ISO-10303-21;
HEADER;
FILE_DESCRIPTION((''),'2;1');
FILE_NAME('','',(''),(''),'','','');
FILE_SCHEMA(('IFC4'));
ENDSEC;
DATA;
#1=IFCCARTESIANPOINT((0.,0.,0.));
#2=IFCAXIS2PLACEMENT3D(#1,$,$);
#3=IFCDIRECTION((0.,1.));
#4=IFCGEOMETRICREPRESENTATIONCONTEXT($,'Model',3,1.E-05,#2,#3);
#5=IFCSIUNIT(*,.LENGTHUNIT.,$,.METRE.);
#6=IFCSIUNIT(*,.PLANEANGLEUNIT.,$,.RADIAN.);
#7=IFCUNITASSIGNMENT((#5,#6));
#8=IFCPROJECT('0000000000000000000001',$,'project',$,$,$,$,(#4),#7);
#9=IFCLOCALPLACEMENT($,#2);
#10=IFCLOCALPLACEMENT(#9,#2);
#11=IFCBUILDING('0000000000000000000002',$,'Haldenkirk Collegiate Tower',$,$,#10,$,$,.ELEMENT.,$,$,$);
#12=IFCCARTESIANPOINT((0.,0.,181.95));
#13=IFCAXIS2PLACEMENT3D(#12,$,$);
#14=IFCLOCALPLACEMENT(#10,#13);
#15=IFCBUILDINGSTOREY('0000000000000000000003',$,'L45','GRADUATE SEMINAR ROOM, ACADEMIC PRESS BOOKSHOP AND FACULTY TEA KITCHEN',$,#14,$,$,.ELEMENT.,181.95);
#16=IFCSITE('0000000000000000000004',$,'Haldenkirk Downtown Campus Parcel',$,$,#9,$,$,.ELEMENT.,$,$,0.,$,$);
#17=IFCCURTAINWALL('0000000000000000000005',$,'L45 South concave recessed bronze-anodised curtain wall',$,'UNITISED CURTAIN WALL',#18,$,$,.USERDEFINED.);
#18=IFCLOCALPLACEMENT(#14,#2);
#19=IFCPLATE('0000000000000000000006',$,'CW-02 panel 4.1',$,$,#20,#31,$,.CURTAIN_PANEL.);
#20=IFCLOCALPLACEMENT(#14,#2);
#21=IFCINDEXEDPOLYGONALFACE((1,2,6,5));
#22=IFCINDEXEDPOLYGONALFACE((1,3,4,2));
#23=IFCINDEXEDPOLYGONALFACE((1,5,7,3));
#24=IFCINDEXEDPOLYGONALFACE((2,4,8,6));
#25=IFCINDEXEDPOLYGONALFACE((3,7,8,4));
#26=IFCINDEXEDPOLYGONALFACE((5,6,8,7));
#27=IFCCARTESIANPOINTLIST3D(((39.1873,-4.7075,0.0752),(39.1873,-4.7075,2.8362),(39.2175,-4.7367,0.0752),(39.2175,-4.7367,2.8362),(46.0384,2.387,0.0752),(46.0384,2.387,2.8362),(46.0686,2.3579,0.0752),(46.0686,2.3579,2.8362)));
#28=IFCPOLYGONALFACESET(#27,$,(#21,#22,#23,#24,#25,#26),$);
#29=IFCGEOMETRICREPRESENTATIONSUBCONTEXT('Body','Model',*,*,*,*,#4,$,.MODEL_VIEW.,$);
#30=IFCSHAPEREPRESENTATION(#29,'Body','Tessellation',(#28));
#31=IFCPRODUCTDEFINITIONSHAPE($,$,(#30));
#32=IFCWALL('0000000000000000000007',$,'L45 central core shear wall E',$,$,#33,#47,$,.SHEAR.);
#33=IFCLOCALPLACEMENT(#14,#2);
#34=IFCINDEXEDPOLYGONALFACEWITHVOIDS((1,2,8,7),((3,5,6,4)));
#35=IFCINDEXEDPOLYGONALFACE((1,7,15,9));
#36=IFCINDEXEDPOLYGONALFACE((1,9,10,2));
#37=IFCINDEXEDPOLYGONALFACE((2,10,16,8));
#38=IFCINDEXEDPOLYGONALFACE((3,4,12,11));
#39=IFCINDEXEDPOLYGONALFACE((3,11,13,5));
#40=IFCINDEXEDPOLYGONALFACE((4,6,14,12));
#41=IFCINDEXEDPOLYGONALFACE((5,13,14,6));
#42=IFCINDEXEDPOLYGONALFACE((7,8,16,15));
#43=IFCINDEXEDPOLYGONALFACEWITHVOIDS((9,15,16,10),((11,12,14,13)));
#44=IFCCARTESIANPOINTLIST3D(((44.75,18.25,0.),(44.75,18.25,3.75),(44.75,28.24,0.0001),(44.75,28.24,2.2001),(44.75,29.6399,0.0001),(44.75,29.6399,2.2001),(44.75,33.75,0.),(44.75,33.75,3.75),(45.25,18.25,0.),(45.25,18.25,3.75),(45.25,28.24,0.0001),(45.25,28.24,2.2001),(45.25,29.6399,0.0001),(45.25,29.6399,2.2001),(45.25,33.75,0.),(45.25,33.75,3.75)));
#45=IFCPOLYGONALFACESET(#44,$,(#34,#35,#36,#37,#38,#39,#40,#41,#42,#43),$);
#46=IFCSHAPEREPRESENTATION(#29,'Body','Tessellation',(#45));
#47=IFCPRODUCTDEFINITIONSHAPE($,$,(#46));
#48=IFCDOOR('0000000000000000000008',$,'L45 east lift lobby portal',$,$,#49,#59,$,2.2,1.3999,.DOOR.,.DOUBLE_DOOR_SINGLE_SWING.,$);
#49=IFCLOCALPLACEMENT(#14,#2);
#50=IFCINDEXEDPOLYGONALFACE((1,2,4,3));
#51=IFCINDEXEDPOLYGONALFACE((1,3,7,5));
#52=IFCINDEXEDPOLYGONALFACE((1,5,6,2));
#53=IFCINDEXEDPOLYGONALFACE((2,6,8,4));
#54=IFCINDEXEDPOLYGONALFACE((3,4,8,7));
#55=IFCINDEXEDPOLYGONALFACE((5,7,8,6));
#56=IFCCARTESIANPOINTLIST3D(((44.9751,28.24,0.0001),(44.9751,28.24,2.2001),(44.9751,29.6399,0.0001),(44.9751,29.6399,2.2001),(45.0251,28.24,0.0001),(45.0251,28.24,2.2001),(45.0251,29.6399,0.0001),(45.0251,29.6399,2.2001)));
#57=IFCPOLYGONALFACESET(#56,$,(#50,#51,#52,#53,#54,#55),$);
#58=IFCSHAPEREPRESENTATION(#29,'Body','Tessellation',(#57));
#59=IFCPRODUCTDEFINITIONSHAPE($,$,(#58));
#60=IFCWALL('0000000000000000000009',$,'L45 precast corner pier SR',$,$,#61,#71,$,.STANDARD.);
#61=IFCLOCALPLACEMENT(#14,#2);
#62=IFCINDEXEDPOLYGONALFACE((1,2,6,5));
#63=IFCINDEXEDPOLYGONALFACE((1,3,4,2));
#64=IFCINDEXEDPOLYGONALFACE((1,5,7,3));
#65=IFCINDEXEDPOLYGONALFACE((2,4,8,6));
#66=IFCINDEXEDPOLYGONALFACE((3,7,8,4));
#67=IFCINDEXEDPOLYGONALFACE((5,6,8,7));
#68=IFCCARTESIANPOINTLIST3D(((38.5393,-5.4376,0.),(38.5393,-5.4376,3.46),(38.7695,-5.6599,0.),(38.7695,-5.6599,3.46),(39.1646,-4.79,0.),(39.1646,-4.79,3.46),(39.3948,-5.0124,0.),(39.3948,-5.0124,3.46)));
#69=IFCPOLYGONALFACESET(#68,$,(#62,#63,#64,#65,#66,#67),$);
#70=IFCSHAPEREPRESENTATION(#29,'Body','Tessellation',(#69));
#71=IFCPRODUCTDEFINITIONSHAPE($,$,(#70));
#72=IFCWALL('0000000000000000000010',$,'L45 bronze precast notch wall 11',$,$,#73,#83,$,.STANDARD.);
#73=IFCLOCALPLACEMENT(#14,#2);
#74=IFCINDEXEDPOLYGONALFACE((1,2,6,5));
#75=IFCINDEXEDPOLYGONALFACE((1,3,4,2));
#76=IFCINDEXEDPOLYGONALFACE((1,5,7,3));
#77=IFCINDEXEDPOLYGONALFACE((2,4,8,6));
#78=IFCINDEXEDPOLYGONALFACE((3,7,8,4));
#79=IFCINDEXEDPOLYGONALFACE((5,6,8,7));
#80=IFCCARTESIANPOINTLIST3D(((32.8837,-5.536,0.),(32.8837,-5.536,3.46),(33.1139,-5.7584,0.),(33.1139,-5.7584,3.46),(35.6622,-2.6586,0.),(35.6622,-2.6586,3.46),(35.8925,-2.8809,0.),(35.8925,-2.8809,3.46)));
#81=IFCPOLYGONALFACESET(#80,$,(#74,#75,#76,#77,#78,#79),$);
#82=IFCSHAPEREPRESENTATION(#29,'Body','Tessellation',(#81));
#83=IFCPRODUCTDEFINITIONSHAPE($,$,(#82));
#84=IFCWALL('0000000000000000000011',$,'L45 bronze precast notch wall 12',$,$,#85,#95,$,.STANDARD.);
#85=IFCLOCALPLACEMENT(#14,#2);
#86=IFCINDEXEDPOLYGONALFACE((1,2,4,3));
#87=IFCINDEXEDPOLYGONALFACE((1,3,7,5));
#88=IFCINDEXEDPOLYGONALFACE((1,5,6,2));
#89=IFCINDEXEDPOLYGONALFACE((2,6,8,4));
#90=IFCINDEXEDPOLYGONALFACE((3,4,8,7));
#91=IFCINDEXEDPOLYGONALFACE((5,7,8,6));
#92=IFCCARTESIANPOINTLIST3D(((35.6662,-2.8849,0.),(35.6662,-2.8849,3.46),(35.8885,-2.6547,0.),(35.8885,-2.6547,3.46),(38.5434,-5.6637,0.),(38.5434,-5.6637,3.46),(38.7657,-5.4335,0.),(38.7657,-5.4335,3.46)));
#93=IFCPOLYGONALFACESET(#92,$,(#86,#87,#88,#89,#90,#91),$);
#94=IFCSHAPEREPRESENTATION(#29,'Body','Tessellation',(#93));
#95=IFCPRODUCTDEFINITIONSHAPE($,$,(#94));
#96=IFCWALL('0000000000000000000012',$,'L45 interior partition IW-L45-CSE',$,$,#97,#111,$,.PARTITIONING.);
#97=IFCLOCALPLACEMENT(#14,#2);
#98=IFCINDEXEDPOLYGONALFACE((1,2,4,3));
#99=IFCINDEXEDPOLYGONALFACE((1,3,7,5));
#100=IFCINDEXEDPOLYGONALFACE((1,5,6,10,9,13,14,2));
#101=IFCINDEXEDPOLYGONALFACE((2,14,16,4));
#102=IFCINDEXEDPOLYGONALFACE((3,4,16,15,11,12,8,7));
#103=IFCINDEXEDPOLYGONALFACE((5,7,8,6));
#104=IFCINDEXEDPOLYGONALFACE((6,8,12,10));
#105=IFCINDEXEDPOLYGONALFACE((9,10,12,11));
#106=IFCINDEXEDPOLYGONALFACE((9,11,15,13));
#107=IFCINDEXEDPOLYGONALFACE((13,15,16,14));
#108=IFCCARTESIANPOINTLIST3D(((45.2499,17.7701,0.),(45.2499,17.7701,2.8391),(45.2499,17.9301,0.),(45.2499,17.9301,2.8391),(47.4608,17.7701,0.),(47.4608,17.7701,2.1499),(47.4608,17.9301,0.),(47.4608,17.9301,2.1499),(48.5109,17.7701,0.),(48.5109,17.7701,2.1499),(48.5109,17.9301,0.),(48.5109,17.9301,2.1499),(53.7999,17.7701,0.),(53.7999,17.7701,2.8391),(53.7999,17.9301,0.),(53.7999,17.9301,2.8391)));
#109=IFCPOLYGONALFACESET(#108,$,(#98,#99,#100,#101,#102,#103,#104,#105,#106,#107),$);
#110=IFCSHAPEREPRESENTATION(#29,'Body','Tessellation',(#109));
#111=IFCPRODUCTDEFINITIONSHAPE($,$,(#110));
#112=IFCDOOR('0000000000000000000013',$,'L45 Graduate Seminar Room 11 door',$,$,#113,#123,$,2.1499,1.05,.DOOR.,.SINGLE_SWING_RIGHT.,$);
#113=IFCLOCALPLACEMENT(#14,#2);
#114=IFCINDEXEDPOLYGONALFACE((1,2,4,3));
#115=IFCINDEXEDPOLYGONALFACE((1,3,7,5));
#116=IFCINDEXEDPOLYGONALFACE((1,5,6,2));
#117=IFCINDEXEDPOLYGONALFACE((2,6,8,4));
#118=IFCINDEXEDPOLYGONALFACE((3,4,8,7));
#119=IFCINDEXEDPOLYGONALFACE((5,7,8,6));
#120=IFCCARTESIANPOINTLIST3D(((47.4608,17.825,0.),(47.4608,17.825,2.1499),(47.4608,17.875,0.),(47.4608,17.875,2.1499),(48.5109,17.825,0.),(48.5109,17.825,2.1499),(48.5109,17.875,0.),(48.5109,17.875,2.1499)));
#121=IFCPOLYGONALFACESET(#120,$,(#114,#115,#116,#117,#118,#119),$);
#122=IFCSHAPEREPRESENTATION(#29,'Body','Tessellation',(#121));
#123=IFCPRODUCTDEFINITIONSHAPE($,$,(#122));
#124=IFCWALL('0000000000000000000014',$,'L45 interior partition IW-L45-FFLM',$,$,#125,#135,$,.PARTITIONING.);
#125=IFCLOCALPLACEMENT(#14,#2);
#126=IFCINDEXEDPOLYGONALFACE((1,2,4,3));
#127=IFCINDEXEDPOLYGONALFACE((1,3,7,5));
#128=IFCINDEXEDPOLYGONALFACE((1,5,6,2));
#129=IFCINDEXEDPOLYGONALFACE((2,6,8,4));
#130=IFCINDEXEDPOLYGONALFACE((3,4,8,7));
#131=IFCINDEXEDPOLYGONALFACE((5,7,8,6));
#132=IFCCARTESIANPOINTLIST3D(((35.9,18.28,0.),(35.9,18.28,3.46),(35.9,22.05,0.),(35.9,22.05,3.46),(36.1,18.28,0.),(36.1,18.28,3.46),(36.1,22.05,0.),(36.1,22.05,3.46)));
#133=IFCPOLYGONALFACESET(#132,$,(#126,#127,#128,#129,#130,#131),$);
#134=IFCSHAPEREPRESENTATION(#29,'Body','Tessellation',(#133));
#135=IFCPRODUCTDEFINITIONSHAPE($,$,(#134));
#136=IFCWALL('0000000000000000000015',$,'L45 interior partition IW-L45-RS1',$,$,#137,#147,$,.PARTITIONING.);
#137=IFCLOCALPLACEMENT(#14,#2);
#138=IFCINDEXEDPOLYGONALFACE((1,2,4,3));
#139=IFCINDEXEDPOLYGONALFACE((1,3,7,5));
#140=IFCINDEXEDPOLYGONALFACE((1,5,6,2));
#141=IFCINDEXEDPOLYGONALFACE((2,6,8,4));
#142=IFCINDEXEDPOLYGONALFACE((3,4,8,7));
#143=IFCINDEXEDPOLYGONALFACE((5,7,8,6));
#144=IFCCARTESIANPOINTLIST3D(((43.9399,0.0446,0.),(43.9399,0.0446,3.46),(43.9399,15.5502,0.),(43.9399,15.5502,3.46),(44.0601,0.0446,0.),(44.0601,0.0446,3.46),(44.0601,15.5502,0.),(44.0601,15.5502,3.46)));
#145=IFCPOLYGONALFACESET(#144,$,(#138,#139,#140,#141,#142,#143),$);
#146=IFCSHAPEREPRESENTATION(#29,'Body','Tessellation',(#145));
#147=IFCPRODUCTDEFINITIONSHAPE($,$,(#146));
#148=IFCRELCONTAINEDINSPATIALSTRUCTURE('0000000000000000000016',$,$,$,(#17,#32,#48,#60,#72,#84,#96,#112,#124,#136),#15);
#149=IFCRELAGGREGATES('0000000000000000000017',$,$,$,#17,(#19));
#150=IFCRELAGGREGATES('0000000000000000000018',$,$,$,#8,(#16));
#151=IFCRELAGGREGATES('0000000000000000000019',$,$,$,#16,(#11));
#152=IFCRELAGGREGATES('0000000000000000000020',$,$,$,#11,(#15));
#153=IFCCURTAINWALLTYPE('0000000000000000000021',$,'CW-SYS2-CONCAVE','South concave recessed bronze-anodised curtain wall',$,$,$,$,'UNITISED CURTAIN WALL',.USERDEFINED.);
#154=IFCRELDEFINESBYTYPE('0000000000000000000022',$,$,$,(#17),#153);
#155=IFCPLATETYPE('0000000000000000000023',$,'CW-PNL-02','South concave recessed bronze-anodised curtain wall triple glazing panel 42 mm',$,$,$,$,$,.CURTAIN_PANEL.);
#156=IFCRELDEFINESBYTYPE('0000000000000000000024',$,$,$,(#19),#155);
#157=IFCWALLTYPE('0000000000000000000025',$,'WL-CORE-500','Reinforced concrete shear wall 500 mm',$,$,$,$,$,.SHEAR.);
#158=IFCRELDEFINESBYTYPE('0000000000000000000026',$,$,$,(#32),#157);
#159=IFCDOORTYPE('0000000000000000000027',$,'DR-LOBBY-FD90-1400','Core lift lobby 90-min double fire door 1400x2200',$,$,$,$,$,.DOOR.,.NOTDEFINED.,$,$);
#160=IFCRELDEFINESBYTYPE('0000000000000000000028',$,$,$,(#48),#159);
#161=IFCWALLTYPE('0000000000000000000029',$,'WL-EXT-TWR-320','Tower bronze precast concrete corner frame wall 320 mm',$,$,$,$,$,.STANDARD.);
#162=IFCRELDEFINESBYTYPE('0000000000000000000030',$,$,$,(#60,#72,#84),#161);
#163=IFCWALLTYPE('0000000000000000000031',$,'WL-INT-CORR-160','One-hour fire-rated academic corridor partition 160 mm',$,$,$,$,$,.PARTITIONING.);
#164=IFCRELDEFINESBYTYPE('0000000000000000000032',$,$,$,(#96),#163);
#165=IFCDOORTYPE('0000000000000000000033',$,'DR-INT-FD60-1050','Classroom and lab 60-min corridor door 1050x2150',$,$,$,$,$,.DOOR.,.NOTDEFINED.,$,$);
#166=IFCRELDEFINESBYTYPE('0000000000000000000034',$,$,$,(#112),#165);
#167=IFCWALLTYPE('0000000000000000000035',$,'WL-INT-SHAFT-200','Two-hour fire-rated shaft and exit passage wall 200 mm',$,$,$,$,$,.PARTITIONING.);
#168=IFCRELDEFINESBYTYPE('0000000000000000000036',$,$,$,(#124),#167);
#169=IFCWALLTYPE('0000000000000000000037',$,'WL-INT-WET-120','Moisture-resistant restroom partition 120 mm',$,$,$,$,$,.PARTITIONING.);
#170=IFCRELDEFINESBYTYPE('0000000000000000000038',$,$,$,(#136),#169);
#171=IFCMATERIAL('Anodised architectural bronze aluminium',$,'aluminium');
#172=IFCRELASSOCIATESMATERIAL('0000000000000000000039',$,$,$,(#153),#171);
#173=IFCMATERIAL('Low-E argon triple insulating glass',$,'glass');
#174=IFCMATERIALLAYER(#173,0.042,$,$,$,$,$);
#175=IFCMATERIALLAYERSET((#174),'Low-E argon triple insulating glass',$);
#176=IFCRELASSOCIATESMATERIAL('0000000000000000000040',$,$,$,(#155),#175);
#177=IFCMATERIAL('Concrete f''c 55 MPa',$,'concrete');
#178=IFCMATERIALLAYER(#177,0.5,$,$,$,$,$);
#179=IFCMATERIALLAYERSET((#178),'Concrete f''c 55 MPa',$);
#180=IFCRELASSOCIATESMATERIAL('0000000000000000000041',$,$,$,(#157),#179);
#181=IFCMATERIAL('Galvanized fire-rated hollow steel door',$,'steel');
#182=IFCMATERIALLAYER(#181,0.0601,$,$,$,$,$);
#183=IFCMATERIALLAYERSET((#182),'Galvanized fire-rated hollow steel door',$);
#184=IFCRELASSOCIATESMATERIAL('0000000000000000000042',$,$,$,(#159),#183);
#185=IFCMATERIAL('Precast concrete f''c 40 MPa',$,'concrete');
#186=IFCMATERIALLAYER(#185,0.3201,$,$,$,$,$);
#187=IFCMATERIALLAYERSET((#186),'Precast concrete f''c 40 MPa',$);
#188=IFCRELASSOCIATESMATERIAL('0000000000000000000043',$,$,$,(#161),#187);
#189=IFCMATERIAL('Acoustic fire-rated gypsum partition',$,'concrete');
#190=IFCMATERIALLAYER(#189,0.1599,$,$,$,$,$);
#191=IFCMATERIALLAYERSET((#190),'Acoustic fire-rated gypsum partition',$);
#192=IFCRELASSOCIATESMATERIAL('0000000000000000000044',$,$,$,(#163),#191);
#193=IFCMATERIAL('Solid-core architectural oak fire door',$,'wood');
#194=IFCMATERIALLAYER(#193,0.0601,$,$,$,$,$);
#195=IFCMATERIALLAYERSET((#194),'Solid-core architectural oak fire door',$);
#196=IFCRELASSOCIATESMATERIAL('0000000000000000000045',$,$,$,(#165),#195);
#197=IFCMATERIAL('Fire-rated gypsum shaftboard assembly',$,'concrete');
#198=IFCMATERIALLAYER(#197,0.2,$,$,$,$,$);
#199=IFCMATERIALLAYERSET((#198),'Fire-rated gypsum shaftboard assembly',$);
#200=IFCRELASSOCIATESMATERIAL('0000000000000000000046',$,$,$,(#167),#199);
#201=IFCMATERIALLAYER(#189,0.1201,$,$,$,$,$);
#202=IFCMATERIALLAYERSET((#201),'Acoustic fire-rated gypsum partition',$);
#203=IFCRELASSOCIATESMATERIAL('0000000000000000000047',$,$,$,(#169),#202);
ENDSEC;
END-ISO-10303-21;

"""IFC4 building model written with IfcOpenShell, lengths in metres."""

from ifc_helpers import new_model, si_unit, direction, frame, frame_2d, origin, origin_2d, place, context, subcontext, project, spatial, rectangle, extrude, source, transform, mapped, material, layer, layer_set, type_object, element, fill, aggregate, save


model = new_model("IFC4")

# Units and contexts
model_context = context("Model", 3, precision=1e-05, world=origin(), true_north=direction((0.0, 1.0)))
body_context = subcontext(model_context, "Body", "Model", "MODEL_VIEW")
ifc_project = project(units=[si_unit("LENGTHUNIT", "METRE"), si_unit("PLANEANGLEUNIT", "RADIAN")], contexts=[model_context])

# Site, building, storey
site_placement = place(None, origin())
site = spatial("IfcSite", under=ifc_project, at=site_placement, Name="Haldenkirk Downtown Campus Parcel", CompositionType="ELEMENT", RefElevation=0.0)
building_placement = place(site_placement, origin())
building = spatial("IfcBuilding", under=site, at=building_placement, Name="Haldenkirk Collegiate Tower", CompositionType="ELEMENT")
storey_placement = place(building_placement, frame((0.0, 0.0, 181.95)))
storey = spatial("IfcBuildingStorey", under=building, at=storey_placement, Name="L45", Description="GRADUATE SEMINAR ROOM, ACADEMIC PRESS BOOKSHOP AND FACULTY TEA KITCHEN", CompositionType="ELEMENT", Elevation=181.95)

# Curtain wall, plate
ifc_material_1 = material(Name="Anodised architectural bronze aluminium", Category="aluminium")
curtain_wall_type = type_object("IfcCurtainWallType", Name="CW-SYS2-CONCAVE", Description="South concave recessed bronze-anodised curtain wall", ElementType="UNITISED CURTAIN WALL", PredefinedType="USERDEFINED", material=ifc_material_1)
curtain_wall_placement = place(storey_placement, origin())
curtain_wall = element("IfcCurtainWall", 1, at=curtain_wall_placement, inside=storey, type_object=curtain_wall_type, Name="L45 South concave recessed bronze-anodised curtain wall", ObjectType="UNITISED CURTAIN WALL", PredefinedType="USERDEFINED")
ifc_material_2 = material(Name="Low-E argon triple insulating glass", Category="glass")
ifc_layer_1 = layer(ifc_material_2, 0.042)
ifc_layer_set_1 = layer_set([ifc_layer_1], Name="Low-E argon triple insulating glass")
plate_type = type_object("IfcPlateType", Name="CW-PNL-02", Description="South concave recessed bronze-anodised curtain wall triple glazing panel 42 mm", PredefinedType="CURTAIN_PANEL", material=ifc_layer_set_1)
shared_shape_1 = source(origin(), body_context, "Body", "SweptSolid", [
    extrude(rectangle(XDim=9.8625, YDim=0.042, at=origin_2d()), origin(), (0.0, 0.0, 1.0), 2.761),
])
plate_placement = place(storey_placement, frame((42.6279, -1.1748, 0.0752), z_axis=(0.0, 0.0, 1.0), x_axis=(-0.694658, -0.71934, 0.0)))
plate = element("IfcPlate", 2, at=plate_placement, type_object=plate_type, Name="CW-02 panel 4.1", PredefinedType="CURTAIN_PANEL", context=body_context, shape_type="MappedRepresentation", body=[
    mapped(shared_shape_1, transform((0.0, 0.0, 0.0), x_axis=(1.0, 0.0, 0.0), y_axis=(0.0, 1.0, 0.0), z_axis=(0.0, 0.0, 1.0), scale=1.0)),
])
aggregate(curtain_wall, [plate])

# Wall, opening, door
ifc_material_3 = material(Name="Concrete f'c 55 MPa", Category="concrete")
ifc_layer_2 = layer(ifc_material_3, 0.5)
ifc_layer_set_2 = layer_set([ifc_layer_2], Name="Concrete f'c 55 MPa")
wall_type_1 = type_object("IfcWallType", Name="WL-CORE-500", Description="Reinforced concrete shear wall 500 mm", PredefinedType="SHEAR", material=ifc_layer_set_2)
wall_1_placement = place(storey_placement, frame((45.0, 18.25, 0.0), z_axis=(0.0, 0.0, 1.0), x_axis=(0.0, 1.0, 0.0)))
wall_1 = element("IfcWall", 3, at=wall_1_placement, inside=storey, type_object=wall_type_1, Name="L45 central core shear wall E", PredefinedType="SHEAR", context=body_context, shape_type="SweptSolid", body=[
    extrude(rectangle(XDim=15.5, YDim=0.5, at=frame_2d((7.75, 0.0))), origin(), (0.0, 0.0, 1.0), 3.75),
])
opening_1_placement = place(wall_1_placement, frame((9.99, 0.0, 0.0)))
opening_1 = element("IfcOpeningElement", 4, at=opening_1_placement, cuts=wall_1, PredefinedType="OPENING", context=body_context, shape_type="SweptSolid", body=[
    extrude(rectangle(XDim=1.3999, YDim=2.2, at=frame_2d((0.7, 1.1001))), frame((0.0, 0.26, 0.0), z_axis=(0.0, -1.0, 0.0), x_axis=(1.0, 0.0, 0.0)), (0.0, 0.0, 1.0), 0.52),
])
ifc_material_4 = material(Name="Galvanized fire-rated hollow steel door", Category="steel")
ifc_layer_3 = layer(ifc_material_4, 0.0601)
ifc_layer_set_3 = layer_set([ifc_layer_3], Name="Galvanized fire-rated hollow steel door")
door_type_1 = type_object("IfcDoorType", Name="DR-LOBBY-FD90-1400", Description="Core lift lobby 90-min double fire door 1400x2200", OperationType="NOTDEFINED", PredefinedType="DOOR", material=ifc_layer_set_3)
door_1_placement = place(opening_1_placement, origin())
door_1 = element("IfcDoor", 5, at=door_1_placement, inside=storey, type_object=door_type_1, Name="L45 east lift lobby portal", OperationType="DOUBLE_DOOR_SINGLE_SWING", OverallHeight=2.2, OverallWidth=1.3999, PredefinedType="DOOR", context=body_context, shape_type="SweptSolid", body=[
    extrude(rectangle(XDim=1.3999, YDim=2.2, at=frame_2d((0.7, 1.1001))), frame((0.0, 0.0249, 0.0), z_axis=(0.0, -1.0, 0.0), x_axis=(1.0, 0.0, 0.0)), (0.0, 0.0, 1.0), 0.05),
])
fill(opening_1, door_1)

# Walls
ifc_material_5 = material(Name="Precast concrete f'c 40 MPa", Category="concrete")
ifc_layer_4 = layer(ifc_material_5, 0.3201)
ifc_layer_set_4 = layer_set([ifc_layer_4], Name="Precast concrete f'c 40 MPa")
wall_type_2 = type_object("IfcWallType", Name="WL-EXT-TWR-320", Description="Tower bronze precast concrete corner frame wall 320 mm", PredefinedType="STANDARD", material=ifc_layer_set_4)
wall_2_placement = place(storey_placement, frame((39.2798, -4.9011, 0.0), z_axis=(0.0, 0.0, 1.0), x_axis=(-0.694657, -0.719341, 0.0)))
element("IfcWall", 6, at=wall_2_placement, inside=storey, type_object=wall_type_2, Name="L45 precast corner pier SR", PredefinedType="STANDARD", context=body_context, shape_type="SweptSolid", body=[
    extrude(rectangle(XDim=0.9001, YDim=0.3201, at=frame_2d((0.4502, 0.0))), origin(), (0.0, 0.0, 1.0), 3.46),
])
for number, where, z_axis, x_axis, name in (
    (7, (35.7773, -2.7698, 0.0), (0.0, 0.0, 1.0), (-0.694639, -0.719358, 0.0), "L45 bronze precast notch wall 11"),
    (8, (38.6545, -5.5486, 0.0), (0.0, 0.0, 1.0), (-0.719298, 0.694701, 0.0), "L45 bronze precast notch wall 12"),
):
    element("IfcWall", number, at=place(storey_placement, frame(where, z_axis=z_axis, x_axis=x_axis)), inside=storey, type_object=wall_type_2, Name=name, PredefinedType="STANDARD", context=body_context, shape_type="SweptSolid", body=[
        extrude(rectangle(XDim=4.0, YDim=0.3201, at=frame_2d((2.0, 0.0))), origin(), (0.0, 0.0, 1.0), 3.46),
    ])

# Wall, opening, door
ifc_material_6 = material(Name="Acoustic fire-rated gypsum partition", Category="concrete")
ifc_layer_5 = layer(ifc_material_6, 0.1599)
ifc_layer_set_5 = layer_set([ifc_layer_5], Name="Acoustic fire-rated gypsum partition")
wall_type_3 = type_object("IfcWallType", Name="WL-INT-CORR-160", Description="One-hour fire-rated academic corridor partition 160 mm", PredefinedType="PARTITIONING", material=ifc_layer_set_5)
wall_3_placement = place(storey_placement, frame((45.25, 17.8501, 0.0), z_axis=(0.0, 0.0, 1.0), x_axis=(1.0, 0.0, 0.0)))
wall_3 = element("IfcWall", 9, at=wall_3_placement, inside=storey, type_object=wall_type_3, Name="L45 interior partition IW-L45-CSE", PredefinedType="PARTITIONING", context=body_context, shape_type="SweptSolid", body=[
    extrude(rectangle(XDim=8.55, YDim=0.1599, at=frame_2d((4.2749, 0.0))), origin(), (0.0, 0.0, 1.0), 2.8391),
])
opening_2_placement = place(wall_3_placement, frame((2.2109, 0.0, 0.0)))
opening_2 = element("IfcOpeningElement", 10, at=opening_2_placement, cuts=wall_3, PredefinedType="OPENING", context=body_context, shape_type="SweptSolid", body=[
    extrude(rectangle(XDim=1.05, YDim=2.1499, at=frame_2d((0.5249, 1.075))), frame((0.0, 0.0898, 0.0), z_axis=(0.0, -1.0, 0.0), x_axis=(1.0, 0.0, 0.0)), (0.0, 0.0, 1.0), 0.1799),
])
ifc_material_7 = material(Name="Solid-core architectural oak fire door", Category="wood")
ifc_layer_6 = layer(ifc_material_7, 0.0601)
ifc_layer_set_6 = layer_set([ifc_layer_6], Name="Solid-core architectural oak fire door")
door_type_2 = type_object("IfcDoorType", Name="DR-INT-FD60-1050", Description="Classroom and lab 60-min corridor door 1050x2150", OperationType="NOTDEFINED", PredefinedType="DOOR", material=ifc_layer_set_6)
door_2_placement = place(opening_2_placement, origin())
door_2 = element("IfcDoor", 11, at=door_2_placement, inside=storey, type_object=door_type_2, Name="L45 Graduate Seminar Room 11 door", OperationType="SINGLE_SWING_RIGHT", OverallHeight=2.1499, OverallWidth=1.05, PredefinedType="DOOR", context=body_context, shape_type="SweptSolid", body=[
    extrude(rectangle(XDim=1.05, YDim=2.1499, at=frame_2d((0.5249, 1.075))), frame((0.0, 0.0249, 0.0), z_axis=(0.0, -1.0, 0.0), x_axis=(1.0, 0.0, 0.0)), (0.0, 0.0, 1.0), 0.05),
])
fill(opening_2, door_2)

# Walls
ifc_material_8 = material(Name="Fire-rated gypsum shaftboard assembly", Category="concrete")
ifc_layer_7 = layer(ifc_material_8, 0.2)
ifc_layer_set_7 = layer_set([ifc_layer_7], Name="Fire-rated gypsum shaftboard assembly")
wall_type_4 = type_object("IfcWallType", Name="WL-INT-SHAFT-200", Description="Two-hour fire-rated shaft and exit passage wall 200 mm", PredefinedType="PARTITIONING", material=ifc_layer_set_7)
wall_4_placement = place(storey_placement, frame((36.0, 18.28, 0.0), z_axis=(0.0, 0.0, 1.0), x_axis=(0.0, 1.0, 0.0)))
element("IfcWall", 12, at=wall_4_placement, inside=storey, type_object=wall_type_4, Name="L45 interior partition IW-L45-FFLM", PredefinedType="PARTITIONING", context=body_context, shape_type="SweptSolid", body=[
    extrude(rectangle(XDim=3.77, YDim=0.2, at=frame_2d((1.885, 0.0))), origin(), (0.0, 0.0, 1.0), 3.46),
])
ifc_layer_8 = layer(ifc_material_6, 0.1201)
ifc_layer_set_8 = layer_set([ifc_layer_8], Name="Acoustic fire-rated gypsum partition")
wall_type_5 = type_object("IfcWallType", Name="WL-INT-WET-120", Description="Moisture-resistant restroom partition 120 mm", PredefinedType="PARTITIONING", material=ifc_layer_set_8)
wall_5_placement = place(storey_placement, frame((44.0, 0.0444, 0.0), z_axis=(0.0, 0.0, 1.0), x_axis=(0.0, 1.0, 0.0)))
element("IfcWall", 13, at=wall_5_placement, inside=storey, type_object=wall_type_5, Name="L45 interior partition IW-L45-RS1", PredefinedType="PARTITIONING", context=body_context, shape_type="SweptSolid", body=[
    extrude(rectangle(XDim=15.5056, YDim=0.1201, at=frame_2d((7.7529, 0.0))), origin(), (0.0, 0.0, 1.0), 3.46),
])

save(model, "model.ifc")
